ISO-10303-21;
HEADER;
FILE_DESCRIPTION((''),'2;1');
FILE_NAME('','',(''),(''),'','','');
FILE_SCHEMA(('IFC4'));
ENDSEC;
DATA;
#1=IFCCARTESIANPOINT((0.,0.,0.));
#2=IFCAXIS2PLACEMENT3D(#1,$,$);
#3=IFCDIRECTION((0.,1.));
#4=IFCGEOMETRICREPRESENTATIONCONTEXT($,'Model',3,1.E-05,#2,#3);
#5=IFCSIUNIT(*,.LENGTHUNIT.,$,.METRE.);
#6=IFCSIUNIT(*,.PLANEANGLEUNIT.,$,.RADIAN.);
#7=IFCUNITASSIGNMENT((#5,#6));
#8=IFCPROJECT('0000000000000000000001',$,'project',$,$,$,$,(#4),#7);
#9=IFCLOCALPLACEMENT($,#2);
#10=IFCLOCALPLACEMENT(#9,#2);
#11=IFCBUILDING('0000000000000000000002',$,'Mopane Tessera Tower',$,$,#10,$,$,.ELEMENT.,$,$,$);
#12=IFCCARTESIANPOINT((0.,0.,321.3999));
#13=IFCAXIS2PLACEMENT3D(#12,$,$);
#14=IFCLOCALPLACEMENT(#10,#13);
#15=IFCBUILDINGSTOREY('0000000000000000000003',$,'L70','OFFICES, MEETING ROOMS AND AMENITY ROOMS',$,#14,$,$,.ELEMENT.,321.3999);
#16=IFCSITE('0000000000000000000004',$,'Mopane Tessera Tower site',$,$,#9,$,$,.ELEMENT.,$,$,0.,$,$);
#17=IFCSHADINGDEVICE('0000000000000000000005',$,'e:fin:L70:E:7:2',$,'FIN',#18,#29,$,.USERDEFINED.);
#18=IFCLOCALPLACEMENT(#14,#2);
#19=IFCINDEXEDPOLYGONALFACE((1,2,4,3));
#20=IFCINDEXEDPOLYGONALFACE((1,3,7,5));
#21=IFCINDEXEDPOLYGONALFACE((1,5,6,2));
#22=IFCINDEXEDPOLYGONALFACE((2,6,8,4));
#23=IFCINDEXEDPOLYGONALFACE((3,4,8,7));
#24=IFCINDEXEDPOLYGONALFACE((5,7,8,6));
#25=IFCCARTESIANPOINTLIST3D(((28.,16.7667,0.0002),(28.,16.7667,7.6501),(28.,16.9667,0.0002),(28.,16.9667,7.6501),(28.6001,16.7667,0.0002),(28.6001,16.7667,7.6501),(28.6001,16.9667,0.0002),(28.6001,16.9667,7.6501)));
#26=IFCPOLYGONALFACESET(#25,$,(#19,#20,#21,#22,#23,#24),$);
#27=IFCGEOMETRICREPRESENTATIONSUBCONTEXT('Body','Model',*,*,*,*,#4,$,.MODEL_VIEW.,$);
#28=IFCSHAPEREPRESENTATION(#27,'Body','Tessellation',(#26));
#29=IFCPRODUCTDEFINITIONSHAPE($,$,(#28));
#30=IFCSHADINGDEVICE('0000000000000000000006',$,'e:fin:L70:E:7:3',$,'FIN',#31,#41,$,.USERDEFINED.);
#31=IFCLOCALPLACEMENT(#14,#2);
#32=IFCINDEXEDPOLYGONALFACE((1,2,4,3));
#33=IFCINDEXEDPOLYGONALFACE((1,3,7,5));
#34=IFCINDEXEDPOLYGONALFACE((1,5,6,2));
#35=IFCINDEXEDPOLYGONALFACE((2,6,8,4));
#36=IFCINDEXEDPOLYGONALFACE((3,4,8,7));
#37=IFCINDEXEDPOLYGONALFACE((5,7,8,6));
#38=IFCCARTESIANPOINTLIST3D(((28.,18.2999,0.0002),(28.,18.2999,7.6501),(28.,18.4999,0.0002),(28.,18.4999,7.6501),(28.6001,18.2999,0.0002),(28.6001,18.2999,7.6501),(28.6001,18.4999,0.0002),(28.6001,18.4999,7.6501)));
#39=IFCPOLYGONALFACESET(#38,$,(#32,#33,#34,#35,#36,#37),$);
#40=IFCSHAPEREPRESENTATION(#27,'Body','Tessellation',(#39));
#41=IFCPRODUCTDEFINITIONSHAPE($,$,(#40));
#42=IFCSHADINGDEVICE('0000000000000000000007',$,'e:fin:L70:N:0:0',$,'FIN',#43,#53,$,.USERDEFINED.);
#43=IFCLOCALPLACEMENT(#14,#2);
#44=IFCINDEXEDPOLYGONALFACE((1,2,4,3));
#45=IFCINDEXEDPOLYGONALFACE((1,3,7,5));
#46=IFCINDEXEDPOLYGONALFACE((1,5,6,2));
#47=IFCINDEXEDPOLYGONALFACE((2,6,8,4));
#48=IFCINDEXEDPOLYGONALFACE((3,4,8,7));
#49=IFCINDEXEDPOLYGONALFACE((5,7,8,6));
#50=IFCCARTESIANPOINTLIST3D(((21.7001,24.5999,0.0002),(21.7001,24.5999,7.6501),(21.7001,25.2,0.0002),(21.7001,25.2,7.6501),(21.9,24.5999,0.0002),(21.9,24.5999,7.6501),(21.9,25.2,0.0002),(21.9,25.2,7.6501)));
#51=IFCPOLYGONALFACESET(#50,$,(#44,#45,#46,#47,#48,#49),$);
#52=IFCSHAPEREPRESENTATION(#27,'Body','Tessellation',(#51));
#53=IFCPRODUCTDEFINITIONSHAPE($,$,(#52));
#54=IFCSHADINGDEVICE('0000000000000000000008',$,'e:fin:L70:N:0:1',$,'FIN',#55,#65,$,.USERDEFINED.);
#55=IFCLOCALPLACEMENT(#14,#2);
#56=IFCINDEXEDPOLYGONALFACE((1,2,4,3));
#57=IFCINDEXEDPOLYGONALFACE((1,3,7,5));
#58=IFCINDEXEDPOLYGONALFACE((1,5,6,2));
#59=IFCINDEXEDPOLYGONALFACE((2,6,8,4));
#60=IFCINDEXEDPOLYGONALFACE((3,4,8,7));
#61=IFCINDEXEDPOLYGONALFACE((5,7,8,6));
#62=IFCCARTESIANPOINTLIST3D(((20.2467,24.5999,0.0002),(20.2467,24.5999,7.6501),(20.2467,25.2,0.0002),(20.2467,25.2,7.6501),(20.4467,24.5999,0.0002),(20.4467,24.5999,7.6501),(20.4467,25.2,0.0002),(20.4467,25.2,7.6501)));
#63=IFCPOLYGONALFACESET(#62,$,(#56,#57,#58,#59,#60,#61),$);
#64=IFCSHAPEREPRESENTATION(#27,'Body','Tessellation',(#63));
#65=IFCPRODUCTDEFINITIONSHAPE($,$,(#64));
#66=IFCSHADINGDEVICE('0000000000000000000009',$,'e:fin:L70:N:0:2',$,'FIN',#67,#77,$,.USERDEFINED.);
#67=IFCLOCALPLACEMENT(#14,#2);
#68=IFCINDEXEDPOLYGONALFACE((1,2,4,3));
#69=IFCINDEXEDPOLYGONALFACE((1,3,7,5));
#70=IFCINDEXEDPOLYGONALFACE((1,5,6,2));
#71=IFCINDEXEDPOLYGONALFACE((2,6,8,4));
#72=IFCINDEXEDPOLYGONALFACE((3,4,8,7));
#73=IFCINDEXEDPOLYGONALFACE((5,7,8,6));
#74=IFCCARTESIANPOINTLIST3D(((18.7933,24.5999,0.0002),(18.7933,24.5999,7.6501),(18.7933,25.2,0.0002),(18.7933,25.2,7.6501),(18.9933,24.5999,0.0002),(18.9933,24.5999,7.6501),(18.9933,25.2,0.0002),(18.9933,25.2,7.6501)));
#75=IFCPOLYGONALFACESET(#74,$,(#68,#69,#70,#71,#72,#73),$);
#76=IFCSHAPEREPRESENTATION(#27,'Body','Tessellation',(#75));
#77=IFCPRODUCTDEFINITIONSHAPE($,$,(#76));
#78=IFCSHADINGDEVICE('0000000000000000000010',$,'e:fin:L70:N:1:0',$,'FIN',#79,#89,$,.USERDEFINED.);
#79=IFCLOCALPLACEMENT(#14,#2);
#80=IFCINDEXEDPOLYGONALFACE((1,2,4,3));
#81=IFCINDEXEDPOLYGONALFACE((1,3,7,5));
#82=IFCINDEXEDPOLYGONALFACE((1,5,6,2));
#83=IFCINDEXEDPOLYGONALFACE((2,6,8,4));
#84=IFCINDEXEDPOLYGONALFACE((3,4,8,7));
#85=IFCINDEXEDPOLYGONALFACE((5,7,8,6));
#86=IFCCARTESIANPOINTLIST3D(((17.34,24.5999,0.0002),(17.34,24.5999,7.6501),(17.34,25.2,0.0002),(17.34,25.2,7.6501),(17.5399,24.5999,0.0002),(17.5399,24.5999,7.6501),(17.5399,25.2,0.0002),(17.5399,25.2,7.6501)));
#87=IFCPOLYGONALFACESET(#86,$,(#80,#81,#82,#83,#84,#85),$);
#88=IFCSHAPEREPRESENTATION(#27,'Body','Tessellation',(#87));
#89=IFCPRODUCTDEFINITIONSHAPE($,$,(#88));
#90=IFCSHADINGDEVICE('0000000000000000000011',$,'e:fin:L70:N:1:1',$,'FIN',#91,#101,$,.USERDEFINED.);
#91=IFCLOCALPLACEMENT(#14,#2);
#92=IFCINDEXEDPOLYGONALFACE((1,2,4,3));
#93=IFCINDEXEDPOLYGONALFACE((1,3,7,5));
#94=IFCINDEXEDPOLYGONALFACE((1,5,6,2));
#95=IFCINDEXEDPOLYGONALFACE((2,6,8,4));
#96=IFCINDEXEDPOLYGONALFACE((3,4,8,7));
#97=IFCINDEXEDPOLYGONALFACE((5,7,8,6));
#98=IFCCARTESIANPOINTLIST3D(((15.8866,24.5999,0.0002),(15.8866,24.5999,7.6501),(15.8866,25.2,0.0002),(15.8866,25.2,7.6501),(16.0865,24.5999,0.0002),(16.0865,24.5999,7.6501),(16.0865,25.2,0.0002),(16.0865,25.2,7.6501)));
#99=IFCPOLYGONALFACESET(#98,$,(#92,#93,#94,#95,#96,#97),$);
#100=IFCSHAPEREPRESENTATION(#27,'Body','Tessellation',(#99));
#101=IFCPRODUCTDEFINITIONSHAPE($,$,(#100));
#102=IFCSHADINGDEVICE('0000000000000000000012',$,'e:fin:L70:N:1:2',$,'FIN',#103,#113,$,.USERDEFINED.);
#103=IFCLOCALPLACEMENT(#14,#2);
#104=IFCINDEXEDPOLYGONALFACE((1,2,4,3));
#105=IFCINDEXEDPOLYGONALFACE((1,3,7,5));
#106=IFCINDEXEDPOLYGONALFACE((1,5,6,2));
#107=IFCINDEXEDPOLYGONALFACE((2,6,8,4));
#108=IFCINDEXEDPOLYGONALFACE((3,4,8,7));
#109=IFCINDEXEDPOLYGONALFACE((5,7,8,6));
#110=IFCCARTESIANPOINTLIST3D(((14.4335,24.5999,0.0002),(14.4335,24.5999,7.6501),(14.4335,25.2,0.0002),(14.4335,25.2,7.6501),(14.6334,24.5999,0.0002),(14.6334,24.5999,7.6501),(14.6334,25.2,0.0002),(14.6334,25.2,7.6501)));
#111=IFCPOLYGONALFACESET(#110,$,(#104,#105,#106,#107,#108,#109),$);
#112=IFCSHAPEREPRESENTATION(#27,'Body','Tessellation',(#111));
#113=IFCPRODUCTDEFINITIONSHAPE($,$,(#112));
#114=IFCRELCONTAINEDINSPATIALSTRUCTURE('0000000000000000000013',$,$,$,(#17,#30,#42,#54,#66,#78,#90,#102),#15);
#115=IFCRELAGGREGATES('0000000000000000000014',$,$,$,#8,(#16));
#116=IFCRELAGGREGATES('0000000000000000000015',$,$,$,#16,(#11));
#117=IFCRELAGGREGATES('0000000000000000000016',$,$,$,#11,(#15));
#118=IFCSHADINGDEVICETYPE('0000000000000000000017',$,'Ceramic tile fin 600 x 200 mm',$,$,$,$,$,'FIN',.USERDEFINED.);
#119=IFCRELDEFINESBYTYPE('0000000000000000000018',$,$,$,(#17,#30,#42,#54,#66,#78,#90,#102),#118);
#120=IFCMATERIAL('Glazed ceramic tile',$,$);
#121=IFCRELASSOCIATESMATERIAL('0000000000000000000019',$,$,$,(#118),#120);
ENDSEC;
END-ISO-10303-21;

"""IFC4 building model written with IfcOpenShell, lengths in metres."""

from ifc_helpers import new_model, si_unit, direction, frame, origin, origin_2d, place, context, subcontext, project, spatial, rectangle, extrude, material, type_object, element, save


model = new_model("IFC4")

# Units and contexts
model_context = context("Model", 3, precision=1e-05, world=origin(), true_north=direction((0.0, 1.0)))
body_context = subcontext(model_context, "Body", "Model", "MODEL_VIEW")
ifc_project = project(units=[si_unit("LENGTHUNIT", "METRE"), si_unit("PLANEANGLEUNIT", "RADIAN")], contexts=[model_context])

# Site, building, storey
site_placement = place(None, origin())
site = spatial("IfcSite", under=ifc_project, at=site_placement, Name="Mopane Tessera Tower site", CompositionType="ELEMENT", RefElevation=0.0)
building_placement = place(site_placement, origin())
building = spatial("IfcBuilding", under=site, at=building_placement, Name="Mopane Tessera Tower", CompositionType="ELEMENT")
storey_placement = place(building_placement, frame((0.0, 0.0, 321.3999)))
storey = spatial("IfcBuildingStorey", under=building, at=storey_placement, Name="L70", Description="OFFICES, MEETING ROOMS AND AMENITY ROOMS", CompositionType="ELEMENT", Elevation=321.3999)

# Shading devices
ifc_material_1 = material(Name="Glazed ceramic tile")
shading_device_type = type_object("IfcShadingDeviceType", Name="Ceramic tile fin 600 x 200 mm", ElementType="FIN", PredefinedType="USERDEFINED", material=ifc_material_1)
for number, where, z_axis, x_axis, name in (
    (1, (28.3, 16.8667, 0.0002), (0.0, 0.0, 1.0), (0.0, 1.0, 0.0), "e:fin:L70:E:7:2"),
    (2, (28.3, 18.3999, 0.0002), (0.0, 0.0, 1.0), (0.0, 1.0, 0.0), "e:fin:L70:E:7:3"),
    (3, (21.8, 24.8999, 0.0002), (0.0, 0.0, 1.0), (-1.0, 0.0, 0.0), "e:fin:L70:N:0:0"),
    (4, (20.3467, 24.8999, 0.0002), (0.0, 0.0, 1.0), (-1.0, 0.0, 0.0), "e:fin:L70:N:0:1"),
    (5, (18.8933, 24.8999, 0.0002), (0.0, 0.0, 1.0), (-1.0, 0.0, 0.0), "e:fin:L70:N:0:2"),
    (6, (17.4399, 24.8999, 0.0002), (0.0, 0.0, 1.0), (-1.0, 0.0, 0.0), "e:fin:L70:N:1:0"),
    (7, (15.9866, 24.8999, 0.0002), (0.0, 0.0, 1.0), (-1.0, 0.0, 0.0), "e:fin:L70:N:1:1"),
    (8, (14.5334, 24.8999, 0.0002), (0.0, 0.0, 1.0), (-1.0, 0.0, 0.0), "e:fin:L70:N:1:2"),
):
    element("IfcShadingDevice", number, at=place(storey_placement, frame(where, z_axis=z_axis, x_axis=x_axis)), inside=storey, type_object=shading_device_type, Name=name, ObjectType="FIN", PredefinedType="USERDEFINED", context=body_context, shape_type="SweptSolid", body=[
        extrude(rectangle(XDim=0.2, YDim=0.6001, at=origin_2d()), origin(), (0.0, 0.0, 1.0), 7.6499),
    ])

save(model, "model.ifc")
